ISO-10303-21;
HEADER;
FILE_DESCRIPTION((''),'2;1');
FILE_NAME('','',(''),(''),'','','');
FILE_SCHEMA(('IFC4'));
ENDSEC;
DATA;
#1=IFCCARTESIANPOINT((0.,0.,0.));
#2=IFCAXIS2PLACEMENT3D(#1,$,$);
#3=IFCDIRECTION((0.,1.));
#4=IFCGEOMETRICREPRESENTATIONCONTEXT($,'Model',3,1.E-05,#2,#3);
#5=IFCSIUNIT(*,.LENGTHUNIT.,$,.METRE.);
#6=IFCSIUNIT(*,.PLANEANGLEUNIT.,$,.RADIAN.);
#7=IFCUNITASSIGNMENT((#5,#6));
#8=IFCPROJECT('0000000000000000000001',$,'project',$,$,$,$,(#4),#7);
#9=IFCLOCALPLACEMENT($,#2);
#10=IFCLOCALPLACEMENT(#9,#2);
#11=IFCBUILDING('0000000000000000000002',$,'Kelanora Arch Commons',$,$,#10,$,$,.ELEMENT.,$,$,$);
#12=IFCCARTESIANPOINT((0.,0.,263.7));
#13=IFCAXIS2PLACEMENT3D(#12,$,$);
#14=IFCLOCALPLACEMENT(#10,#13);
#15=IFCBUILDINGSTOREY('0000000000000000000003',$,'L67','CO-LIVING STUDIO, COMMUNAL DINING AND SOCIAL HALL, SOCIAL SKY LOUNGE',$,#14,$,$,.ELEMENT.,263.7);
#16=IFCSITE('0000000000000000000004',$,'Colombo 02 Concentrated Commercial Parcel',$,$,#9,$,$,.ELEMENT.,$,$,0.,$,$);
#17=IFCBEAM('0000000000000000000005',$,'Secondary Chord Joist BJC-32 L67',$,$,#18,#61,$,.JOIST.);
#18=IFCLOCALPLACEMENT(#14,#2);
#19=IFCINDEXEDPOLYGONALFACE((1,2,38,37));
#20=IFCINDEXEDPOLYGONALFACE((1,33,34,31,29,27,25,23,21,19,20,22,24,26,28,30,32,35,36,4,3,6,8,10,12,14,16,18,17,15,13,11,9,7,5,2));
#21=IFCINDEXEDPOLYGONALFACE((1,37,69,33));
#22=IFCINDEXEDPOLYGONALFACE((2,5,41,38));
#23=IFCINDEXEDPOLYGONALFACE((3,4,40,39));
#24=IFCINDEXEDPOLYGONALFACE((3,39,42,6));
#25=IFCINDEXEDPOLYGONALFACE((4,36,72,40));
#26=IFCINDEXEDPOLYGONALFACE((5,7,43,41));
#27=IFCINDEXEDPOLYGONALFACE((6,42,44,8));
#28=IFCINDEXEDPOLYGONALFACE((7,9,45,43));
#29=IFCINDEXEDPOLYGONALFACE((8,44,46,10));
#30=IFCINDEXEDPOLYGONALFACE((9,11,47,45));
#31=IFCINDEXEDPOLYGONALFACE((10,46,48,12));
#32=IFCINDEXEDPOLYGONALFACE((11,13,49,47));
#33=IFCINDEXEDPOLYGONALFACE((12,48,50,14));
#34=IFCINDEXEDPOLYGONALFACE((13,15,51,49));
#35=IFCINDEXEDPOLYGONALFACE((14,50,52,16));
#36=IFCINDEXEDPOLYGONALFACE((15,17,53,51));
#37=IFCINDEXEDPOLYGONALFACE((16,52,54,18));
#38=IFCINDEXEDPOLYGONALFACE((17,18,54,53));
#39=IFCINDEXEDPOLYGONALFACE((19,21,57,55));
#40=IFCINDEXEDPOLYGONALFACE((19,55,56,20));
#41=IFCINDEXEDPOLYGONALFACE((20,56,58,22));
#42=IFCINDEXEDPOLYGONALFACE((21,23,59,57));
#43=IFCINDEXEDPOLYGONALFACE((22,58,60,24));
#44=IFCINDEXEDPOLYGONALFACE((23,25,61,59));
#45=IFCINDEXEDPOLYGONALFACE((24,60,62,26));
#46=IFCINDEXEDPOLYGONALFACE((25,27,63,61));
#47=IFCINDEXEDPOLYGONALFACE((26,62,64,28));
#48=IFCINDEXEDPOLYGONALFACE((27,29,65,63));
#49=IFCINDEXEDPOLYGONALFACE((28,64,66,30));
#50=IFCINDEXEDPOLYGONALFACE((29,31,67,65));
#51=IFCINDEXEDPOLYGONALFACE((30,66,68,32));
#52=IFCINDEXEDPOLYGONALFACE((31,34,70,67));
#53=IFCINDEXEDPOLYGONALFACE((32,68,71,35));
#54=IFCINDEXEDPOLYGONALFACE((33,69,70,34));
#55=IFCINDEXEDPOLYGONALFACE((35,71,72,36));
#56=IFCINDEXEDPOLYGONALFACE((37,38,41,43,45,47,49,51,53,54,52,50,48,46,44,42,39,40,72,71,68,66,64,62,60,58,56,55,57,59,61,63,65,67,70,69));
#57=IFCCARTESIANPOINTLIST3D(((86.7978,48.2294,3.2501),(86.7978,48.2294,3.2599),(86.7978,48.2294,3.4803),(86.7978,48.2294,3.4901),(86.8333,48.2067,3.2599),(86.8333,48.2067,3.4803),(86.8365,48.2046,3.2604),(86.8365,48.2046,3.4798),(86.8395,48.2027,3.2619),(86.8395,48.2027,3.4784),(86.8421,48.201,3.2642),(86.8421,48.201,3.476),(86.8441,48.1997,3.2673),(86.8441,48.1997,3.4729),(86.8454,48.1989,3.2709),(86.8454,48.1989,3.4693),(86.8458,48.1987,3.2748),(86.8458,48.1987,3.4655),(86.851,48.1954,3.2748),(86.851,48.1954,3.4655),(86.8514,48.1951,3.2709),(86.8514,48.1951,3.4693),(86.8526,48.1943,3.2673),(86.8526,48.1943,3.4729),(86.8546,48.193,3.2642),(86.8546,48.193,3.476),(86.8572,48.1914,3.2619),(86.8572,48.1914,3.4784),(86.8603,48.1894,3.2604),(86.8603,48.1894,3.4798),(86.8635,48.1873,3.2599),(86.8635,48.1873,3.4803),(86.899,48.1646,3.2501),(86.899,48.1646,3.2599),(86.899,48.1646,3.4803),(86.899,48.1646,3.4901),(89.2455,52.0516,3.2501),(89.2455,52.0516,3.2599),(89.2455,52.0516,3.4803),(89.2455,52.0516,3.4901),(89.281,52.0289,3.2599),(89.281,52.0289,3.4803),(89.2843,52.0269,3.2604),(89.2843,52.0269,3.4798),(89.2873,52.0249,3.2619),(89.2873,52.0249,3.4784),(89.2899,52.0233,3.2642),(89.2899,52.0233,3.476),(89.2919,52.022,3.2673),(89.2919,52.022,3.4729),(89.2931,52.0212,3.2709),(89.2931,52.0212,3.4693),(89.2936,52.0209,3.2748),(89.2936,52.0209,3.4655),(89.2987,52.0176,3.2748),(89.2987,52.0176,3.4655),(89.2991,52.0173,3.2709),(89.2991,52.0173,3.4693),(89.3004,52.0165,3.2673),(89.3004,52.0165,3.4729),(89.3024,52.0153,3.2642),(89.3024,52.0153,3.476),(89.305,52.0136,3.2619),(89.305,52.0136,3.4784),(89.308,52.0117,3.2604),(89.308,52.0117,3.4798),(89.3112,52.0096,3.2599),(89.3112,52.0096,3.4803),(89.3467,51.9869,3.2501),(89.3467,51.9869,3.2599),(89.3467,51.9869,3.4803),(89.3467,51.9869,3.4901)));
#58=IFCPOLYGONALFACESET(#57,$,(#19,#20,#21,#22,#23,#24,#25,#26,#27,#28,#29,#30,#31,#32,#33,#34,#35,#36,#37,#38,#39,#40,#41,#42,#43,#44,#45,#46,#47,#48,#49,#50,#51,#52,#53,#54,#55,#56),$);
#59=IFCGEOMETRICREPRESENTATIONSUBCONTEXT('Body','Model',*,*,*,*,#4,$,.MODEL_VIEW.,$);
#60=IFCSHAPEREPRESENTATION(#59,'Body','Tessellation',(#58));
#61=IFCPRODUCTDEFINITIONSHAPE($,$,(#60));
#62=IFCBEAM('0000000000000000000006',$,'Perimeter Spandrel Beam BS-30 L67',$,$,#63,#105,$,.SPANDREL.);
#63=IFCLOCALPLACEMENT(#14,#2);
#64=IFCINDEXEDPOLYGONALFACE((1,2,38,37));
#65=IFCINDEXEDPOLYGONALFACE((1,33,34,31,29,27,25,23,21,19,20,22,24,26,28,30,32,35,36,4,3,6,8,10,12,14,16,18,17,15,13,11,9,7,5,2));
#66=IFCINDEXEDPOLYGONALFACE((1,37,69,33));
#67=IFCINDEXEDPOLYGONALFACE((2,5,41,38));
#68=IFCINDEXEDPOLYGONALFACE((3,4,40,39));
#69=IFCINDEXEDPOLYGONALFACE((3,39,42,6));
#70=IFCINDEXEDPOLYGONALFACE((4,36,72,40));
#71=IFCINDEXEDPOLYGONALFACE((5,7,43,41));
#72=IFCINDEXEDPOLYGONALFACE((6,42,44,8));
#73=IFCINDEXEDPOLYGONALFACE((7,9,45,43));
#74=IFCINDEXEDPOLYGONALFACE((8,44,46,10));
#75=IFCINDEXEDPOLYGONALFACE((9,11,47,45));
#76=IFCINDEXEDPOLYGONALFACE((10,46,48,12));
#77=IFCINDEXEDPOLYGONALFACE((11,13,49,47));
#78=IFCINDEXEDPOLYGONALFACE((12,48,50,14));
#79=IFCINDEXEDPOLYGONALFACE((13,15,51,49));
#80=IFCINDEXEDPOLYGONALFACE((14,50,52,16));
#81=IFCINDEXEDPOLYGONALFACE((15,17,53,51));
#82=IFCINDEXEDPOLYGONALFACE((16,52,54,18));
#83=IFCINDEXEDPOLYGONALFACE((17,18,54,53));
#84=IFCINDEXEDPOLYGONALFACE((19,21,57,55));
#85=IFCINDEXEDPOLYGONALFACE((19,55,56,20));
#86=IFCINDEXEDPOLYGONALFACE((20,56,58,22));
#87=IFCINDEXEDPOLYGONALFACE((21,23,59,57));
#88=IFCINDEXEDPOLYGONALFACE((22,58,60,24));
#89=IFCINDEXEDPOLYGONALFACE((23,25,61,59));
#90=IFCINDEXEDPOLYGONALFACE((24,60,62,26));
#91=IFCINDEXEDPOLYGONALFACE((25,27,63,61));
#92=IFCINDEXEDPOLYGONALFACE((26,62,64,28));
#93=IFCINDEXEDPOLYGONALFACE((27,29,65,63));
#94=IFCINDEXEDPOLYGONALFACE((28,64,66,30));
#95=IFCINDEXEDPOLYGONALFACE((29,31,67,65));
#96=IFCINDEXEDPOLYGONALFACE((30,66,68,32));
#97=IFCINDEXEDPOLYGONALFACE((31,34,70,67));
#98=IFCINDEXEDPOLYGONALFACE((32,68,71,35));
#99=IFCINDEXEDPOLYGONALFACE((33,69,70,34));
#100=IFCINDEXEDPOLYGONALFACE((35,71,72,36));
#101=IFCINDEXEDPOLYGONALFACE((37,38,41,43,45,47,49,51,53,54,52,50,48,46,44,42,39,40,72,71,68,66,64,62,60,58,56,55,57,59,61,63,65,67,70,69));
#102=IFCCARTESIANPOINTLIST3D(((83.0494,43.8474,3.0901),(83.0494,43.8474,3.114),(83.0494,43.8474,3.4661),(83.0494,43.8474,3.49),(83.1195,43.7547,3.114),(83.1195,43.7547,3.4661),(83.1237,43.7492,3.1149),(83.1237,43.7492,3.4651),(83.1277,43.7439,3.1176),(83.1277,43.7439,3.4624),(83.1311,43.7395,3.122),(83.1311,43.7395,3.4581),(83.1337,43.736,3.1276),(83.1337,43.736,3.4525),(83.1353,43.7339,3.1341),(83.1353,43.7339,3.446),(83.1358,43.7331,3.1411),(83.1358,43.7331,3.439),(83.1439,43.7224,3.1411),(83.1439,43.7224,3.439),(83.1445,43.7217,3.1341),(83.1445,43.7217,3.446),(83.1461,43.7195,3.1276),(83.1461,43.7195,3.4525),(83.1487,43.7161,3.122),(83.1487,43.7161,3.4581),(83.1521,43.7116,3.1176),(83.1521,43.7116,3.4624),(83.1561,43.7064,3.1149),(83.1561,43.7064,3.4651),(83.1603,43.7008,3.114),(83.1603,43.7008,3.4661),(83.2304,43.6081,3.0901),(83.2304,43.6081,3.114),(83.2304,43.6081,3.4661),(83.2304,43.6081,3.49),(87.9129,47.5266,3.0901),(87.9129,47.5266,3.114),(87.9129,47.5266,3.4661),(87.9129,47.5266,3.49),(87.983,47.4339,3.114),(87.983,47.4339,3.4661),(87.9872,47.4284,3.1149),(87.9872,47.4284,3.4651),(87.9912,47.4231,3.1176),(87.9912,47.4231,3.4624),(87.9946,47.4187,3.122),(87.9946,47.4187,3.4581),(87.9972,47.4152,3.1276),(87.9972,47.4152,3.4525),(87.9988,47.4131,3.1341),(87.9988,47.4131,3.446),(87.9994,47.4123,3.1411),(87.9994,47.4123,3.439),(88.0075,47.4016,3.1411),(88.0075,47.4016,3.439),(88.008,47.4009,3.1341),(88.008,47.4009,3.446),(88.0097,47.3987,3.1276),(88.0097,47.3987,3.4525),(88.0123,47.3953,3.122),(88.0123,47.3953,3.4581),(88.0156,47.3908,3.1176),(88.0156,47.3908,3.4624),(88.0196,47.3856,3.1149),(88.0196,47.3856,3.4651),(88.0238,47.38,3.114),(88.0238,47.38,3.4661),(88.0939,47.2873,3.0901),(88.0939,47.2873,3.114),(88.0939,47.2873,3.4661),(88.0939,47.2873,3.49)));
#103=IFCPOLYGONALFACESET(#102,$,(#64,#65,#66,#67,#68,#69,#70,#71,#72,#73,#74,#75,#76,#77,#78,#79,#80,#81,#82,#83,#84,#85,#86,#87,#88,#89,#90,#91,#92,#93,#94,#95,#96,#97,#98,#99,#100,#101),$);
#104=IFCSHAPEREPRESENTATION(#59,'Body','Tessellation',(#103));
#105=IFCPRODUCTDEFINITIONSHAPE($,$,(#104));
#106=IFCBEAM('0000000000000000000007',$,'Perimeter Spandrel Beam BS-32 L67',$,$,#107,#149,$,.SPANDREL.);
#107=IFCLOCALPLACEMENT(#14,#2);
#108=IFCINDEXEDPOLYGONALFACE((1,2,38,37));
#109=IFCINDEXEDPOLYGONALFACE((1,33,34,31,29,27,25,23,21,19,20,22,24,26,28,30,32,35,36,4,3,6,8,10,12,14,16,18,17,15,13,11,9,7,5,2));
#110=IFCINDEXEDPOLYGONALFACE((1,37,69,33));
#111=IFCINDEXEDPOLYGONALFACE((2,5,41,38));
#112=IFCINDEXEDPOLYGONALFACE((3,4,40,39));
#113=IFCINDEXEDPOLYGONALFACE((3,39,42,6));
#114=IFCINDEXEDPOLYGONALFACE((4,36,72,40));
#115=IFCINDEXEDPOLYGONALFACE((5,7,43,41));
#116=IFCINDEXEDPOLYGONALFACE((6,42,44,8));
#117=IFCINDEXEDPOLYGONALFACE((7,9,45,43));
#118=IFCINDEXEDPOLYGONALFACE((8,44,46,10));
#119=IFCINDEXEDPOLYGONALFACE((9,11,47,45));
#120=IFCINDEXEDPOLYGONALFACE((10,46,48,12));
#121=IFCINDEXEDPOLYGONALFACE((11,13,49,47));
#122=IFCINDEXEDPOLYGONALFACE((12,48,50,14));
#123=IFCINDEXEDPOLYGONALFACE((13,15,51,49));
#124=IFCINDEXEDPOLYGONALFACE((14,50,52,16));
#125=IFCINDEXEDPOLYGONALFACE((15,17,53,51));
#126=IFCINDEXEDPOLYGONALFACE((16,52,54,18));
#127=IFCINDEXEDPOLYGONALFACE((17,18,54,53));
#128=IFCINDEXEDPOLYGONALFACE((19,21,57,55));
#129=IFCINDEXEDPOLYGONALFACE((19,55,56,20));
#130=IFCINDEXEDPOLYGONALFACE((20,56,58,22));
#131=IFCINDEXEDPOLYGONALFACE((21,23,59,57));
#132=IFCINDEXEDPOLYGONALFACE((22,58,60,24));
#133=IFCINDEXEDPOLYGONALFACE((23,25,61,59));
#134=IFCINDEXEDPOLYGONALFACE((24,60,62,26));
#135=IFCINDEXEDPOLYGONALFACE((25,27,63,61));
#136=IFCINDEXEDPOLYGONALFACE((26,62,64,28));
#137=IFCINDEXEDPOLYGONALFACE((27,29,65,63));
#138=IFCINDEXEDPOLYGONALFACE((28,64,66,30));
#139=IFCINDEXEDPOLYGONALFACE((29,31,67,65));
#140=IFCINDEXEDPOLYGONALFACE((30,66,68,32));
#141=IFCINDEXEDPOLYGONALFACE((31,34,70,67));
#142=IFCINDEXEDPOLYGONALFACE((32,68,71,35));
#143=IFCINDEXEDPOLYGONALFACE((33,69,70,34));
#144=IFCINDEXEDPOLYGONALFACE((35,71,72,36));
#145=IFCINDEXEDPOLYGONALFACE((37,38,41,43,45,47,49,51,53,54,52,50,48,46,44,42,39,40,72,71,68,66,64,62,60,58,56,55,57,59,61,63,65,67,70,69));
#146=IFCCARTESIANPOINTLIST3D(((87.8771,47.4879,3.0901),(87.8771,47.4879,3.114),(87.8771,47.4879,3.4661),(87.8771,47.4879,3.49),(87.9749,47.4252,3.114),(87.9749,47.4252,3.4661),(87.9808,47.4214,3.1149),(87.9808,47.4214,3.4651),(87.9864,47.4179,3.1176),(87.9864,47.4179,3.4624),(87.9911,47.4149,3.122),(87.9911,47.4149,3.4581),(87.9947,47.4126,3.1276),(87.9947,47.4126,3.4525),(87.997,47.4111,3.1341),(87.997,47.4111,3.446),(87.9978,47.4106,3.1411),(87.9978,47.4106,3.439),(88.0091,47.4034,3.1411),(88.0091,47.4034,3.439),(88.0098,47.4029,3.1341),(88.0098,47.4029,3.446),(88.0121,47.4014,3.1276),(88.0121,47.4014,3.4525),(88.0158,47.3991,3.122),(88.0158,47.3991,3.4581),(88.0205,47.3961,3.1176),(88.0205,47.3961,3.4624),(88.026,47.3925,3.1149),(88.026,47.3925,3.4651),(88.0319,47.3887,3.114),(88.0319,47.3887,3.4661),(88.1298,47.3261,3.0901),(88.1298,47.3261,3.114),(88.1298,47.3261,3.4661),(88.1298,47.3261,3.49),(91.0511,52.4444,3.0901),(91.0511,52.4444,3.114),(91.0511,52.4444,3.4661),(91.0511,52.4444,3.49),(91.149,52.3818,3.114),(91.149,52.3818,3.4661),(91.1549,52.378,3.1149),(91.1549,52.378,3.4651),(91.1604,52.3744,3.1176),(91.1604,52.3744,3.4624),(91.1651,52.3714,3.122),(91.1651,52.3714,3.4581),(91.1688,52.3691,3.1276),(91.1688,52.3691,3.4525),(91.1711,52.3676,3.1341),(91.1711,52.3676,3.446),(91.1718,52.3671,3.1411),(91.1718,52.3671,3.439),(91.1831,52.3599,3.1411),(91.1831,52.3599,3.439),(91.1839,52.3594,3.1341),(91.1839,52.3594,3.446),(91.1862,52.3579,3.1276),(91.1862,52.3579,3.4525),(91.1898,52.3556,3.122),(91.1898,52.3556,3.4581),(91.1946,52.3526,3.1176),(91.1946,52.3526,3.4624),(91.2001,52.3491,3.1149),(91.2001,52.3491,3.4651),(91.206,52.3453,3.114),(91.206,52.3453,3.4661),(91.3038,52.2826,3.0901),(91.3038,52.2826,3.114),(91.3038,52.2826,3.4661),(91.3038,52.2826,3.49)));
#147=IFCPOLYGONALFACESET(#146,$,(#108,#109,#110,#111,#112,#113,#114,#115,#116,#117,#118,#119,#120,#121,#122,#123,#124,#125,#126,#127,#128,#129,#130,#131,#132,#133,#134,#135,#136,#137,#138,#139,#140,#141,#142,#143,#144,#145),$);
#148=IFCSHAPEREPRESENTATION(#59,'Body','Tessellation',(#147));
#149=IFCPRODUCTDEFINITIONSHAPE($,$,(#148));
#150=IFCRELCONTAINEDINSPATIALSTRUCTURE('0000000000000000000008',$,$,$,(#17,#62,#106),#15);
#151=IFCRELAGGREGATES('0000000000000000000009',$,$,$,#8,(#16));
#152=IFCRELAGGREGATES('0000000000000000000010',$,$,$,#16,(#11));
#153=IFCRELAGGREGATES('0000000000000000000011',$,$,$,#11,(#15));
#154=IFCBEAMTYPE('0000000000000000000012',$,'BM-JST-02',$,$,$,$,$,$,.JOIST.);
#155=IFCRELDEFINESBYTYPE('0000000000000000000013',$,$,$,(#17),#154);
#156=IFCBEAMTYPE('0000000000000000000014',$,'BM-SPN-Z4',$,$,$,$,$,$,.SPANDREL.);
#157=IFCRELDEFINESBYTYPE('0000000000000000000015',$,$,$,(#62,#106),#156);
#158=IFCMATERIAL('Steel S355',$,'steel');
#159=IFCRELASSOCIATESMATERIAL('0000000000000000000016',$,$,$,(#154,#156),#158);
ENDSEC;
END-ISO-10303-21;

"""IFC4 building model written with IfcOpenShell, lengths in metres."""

from ifc_helpers import new_model, si_unit, direction, frame, origin, origin_2d, place, context, subcontext, project, spatial, i_section, extrude, material, material_profile, profile_set, type_object, element, save


model = new_model("IFC4")

# Units and contexts
model_context = context("Model", 3, precision=1e-05, world=origin(), true_north=direction((0.0, 1.0)))
body_context = subcontext(model_context, "Body", "Model", "MODEL_VIEW")
ifc_project = project(units=[si_unit("LENGTHUNIT", "METRE"), si_unit("PLANEANGLEUNIT", "RADIAN")], contexts=[model_context])

# Site, building, storey
site_placement = place(None, origin())
site = spatial("IfcSite", under=ifc_project, at=site_placement, Name="Colombo 02 Concentrated Commercial Parcel", CompositionType="ELEMENT", RefElevation=0.0)
building_placement = place(site_placement, origin())
building = spatial("IfcBuilding", under=site, at=building_placement, Name="Kelanora Arch Commons", CompositionType="ELEMENT")
storey_placement = place(building_placement, frame((0.0, 0.0, 263.7)))
storey = spatial("IfcBuildingStorey", under=building, at=storey_placement, Name="L67", Description="CO-LIVING STUDIO, COMMUNAL DINING AND SOCIAL HALL, SOCIAL SKY LOUNGE", CompositionType="ELEMENT", Elevation=263.7)

# Beams
ifc_material_1 = material(Name="Steel S355", Category="steel")
ifc_material_profile_1 = material_profile(ifc_material_1, i_section(OverallWidth=0.1201, OverallDepth=0.24, WebThickness=0.0061, FlangeThickness=0.0098, FilletRadius=0.0149, at=origin_2d()), Name="IPE240")
ifc_profile_set_1 = profile_set([ifc_material_profile_1], Name="Steel S355")
beam_type_1 = type_object("IfcBeamType", Name="BM-JST-02", PredefinedType="JOIST", material=ifc_profile_set_1)
beam_1_placement = place(storey_placement, frame((86.8484, 48.197, 3.3701), z_axis=(0.539289, 0.842121, 0.0), x_axis=(-0.842121, 0.539289, 0.0)))
element("IfcBeam", 1, at=beam_1_placement, inside=storey, type_object=beam_type_1, Name="Secondary Chord Joist BJC-32 L67", PredefinedType="JOIST", context=body_context, shape_type="SweptSolid", body=[
    extrude(i_section(OverallWidth=0.1201, OverallDepth=0.24, WebThickness=0.0061, FlangeThickness=0.0098, FilletRadius=0.0149, at=origin_2d()), origin(), (0.0, 0.0, 1.0), 4.5388),
])
ifc_material_profile_2 = material_profile(ifc_material_1, i_section(OverallWidth=0.3, OverallDepth=0.3999, WebThickness=0.0134, FlangeThickness=0.0239, FilletRadius=0.0271, at=origin_2d()), Name="HEB400")
ifc_profile_set_2 = profile_set([ifc_material_profile_2], Name="Steel S355")
beam_type_2 = type_object("IfcBeamType", Name="BM-SPN-Z4", PredefinedType="SPANDREL", material=ifc_profile_set_2)
beam_2_placement = place(storey_placement, frame((83.1399, 43.7278, 3.29), z_axis=(0.797509, 0.603306, 0.0), x_axis=(-0.603306, 0.797509, 0.0)))
element("IfcBeam", 2, at=beam_2_placement, inside=storey, type_object=beam_type_2, Name="Perimeter Spandrel Beam BS-30 L67", PredefinedType="SPANDREL", context=body_context, shape_type="SweptSolid", body=[
    extrude(i_section(OverallWidth=0.3, OverallDepth=0.3999, WebThickness=0.0134, FlangeThickness=0.0239, FilletRadius=0.0271, at=origin_2d()), origin(), (0.0, 0.0, 1.0), 6.0984),
])
beam_3_placement = place(storey_placement, frame((88.0034, 47.407, 3.29), z_axis=(0.539281, 0.842126, 0.0), x_axis=(-0.842126, 0.539281, 0.0)))
element("IfcBeam", 3, at=beam_3_placement, inside=storey, type_object=beam_type_2, Name="Perimeter Spandrel Beam BS-32 L67", PredefinedType="SPANDREL", context=body_context, shape_type="SweptSolid", body=[
    extrude(i_section(OverallWidth=0.3, OverallDepth=0.3999, WebThickness=0.0134, FlangeThickness=0.0239, FilletRadius=0.0271, at=origin_2d()), origin(), (0.0, 0.0, 1.0), 5.8857),
])

save(model, "model.ifc")
